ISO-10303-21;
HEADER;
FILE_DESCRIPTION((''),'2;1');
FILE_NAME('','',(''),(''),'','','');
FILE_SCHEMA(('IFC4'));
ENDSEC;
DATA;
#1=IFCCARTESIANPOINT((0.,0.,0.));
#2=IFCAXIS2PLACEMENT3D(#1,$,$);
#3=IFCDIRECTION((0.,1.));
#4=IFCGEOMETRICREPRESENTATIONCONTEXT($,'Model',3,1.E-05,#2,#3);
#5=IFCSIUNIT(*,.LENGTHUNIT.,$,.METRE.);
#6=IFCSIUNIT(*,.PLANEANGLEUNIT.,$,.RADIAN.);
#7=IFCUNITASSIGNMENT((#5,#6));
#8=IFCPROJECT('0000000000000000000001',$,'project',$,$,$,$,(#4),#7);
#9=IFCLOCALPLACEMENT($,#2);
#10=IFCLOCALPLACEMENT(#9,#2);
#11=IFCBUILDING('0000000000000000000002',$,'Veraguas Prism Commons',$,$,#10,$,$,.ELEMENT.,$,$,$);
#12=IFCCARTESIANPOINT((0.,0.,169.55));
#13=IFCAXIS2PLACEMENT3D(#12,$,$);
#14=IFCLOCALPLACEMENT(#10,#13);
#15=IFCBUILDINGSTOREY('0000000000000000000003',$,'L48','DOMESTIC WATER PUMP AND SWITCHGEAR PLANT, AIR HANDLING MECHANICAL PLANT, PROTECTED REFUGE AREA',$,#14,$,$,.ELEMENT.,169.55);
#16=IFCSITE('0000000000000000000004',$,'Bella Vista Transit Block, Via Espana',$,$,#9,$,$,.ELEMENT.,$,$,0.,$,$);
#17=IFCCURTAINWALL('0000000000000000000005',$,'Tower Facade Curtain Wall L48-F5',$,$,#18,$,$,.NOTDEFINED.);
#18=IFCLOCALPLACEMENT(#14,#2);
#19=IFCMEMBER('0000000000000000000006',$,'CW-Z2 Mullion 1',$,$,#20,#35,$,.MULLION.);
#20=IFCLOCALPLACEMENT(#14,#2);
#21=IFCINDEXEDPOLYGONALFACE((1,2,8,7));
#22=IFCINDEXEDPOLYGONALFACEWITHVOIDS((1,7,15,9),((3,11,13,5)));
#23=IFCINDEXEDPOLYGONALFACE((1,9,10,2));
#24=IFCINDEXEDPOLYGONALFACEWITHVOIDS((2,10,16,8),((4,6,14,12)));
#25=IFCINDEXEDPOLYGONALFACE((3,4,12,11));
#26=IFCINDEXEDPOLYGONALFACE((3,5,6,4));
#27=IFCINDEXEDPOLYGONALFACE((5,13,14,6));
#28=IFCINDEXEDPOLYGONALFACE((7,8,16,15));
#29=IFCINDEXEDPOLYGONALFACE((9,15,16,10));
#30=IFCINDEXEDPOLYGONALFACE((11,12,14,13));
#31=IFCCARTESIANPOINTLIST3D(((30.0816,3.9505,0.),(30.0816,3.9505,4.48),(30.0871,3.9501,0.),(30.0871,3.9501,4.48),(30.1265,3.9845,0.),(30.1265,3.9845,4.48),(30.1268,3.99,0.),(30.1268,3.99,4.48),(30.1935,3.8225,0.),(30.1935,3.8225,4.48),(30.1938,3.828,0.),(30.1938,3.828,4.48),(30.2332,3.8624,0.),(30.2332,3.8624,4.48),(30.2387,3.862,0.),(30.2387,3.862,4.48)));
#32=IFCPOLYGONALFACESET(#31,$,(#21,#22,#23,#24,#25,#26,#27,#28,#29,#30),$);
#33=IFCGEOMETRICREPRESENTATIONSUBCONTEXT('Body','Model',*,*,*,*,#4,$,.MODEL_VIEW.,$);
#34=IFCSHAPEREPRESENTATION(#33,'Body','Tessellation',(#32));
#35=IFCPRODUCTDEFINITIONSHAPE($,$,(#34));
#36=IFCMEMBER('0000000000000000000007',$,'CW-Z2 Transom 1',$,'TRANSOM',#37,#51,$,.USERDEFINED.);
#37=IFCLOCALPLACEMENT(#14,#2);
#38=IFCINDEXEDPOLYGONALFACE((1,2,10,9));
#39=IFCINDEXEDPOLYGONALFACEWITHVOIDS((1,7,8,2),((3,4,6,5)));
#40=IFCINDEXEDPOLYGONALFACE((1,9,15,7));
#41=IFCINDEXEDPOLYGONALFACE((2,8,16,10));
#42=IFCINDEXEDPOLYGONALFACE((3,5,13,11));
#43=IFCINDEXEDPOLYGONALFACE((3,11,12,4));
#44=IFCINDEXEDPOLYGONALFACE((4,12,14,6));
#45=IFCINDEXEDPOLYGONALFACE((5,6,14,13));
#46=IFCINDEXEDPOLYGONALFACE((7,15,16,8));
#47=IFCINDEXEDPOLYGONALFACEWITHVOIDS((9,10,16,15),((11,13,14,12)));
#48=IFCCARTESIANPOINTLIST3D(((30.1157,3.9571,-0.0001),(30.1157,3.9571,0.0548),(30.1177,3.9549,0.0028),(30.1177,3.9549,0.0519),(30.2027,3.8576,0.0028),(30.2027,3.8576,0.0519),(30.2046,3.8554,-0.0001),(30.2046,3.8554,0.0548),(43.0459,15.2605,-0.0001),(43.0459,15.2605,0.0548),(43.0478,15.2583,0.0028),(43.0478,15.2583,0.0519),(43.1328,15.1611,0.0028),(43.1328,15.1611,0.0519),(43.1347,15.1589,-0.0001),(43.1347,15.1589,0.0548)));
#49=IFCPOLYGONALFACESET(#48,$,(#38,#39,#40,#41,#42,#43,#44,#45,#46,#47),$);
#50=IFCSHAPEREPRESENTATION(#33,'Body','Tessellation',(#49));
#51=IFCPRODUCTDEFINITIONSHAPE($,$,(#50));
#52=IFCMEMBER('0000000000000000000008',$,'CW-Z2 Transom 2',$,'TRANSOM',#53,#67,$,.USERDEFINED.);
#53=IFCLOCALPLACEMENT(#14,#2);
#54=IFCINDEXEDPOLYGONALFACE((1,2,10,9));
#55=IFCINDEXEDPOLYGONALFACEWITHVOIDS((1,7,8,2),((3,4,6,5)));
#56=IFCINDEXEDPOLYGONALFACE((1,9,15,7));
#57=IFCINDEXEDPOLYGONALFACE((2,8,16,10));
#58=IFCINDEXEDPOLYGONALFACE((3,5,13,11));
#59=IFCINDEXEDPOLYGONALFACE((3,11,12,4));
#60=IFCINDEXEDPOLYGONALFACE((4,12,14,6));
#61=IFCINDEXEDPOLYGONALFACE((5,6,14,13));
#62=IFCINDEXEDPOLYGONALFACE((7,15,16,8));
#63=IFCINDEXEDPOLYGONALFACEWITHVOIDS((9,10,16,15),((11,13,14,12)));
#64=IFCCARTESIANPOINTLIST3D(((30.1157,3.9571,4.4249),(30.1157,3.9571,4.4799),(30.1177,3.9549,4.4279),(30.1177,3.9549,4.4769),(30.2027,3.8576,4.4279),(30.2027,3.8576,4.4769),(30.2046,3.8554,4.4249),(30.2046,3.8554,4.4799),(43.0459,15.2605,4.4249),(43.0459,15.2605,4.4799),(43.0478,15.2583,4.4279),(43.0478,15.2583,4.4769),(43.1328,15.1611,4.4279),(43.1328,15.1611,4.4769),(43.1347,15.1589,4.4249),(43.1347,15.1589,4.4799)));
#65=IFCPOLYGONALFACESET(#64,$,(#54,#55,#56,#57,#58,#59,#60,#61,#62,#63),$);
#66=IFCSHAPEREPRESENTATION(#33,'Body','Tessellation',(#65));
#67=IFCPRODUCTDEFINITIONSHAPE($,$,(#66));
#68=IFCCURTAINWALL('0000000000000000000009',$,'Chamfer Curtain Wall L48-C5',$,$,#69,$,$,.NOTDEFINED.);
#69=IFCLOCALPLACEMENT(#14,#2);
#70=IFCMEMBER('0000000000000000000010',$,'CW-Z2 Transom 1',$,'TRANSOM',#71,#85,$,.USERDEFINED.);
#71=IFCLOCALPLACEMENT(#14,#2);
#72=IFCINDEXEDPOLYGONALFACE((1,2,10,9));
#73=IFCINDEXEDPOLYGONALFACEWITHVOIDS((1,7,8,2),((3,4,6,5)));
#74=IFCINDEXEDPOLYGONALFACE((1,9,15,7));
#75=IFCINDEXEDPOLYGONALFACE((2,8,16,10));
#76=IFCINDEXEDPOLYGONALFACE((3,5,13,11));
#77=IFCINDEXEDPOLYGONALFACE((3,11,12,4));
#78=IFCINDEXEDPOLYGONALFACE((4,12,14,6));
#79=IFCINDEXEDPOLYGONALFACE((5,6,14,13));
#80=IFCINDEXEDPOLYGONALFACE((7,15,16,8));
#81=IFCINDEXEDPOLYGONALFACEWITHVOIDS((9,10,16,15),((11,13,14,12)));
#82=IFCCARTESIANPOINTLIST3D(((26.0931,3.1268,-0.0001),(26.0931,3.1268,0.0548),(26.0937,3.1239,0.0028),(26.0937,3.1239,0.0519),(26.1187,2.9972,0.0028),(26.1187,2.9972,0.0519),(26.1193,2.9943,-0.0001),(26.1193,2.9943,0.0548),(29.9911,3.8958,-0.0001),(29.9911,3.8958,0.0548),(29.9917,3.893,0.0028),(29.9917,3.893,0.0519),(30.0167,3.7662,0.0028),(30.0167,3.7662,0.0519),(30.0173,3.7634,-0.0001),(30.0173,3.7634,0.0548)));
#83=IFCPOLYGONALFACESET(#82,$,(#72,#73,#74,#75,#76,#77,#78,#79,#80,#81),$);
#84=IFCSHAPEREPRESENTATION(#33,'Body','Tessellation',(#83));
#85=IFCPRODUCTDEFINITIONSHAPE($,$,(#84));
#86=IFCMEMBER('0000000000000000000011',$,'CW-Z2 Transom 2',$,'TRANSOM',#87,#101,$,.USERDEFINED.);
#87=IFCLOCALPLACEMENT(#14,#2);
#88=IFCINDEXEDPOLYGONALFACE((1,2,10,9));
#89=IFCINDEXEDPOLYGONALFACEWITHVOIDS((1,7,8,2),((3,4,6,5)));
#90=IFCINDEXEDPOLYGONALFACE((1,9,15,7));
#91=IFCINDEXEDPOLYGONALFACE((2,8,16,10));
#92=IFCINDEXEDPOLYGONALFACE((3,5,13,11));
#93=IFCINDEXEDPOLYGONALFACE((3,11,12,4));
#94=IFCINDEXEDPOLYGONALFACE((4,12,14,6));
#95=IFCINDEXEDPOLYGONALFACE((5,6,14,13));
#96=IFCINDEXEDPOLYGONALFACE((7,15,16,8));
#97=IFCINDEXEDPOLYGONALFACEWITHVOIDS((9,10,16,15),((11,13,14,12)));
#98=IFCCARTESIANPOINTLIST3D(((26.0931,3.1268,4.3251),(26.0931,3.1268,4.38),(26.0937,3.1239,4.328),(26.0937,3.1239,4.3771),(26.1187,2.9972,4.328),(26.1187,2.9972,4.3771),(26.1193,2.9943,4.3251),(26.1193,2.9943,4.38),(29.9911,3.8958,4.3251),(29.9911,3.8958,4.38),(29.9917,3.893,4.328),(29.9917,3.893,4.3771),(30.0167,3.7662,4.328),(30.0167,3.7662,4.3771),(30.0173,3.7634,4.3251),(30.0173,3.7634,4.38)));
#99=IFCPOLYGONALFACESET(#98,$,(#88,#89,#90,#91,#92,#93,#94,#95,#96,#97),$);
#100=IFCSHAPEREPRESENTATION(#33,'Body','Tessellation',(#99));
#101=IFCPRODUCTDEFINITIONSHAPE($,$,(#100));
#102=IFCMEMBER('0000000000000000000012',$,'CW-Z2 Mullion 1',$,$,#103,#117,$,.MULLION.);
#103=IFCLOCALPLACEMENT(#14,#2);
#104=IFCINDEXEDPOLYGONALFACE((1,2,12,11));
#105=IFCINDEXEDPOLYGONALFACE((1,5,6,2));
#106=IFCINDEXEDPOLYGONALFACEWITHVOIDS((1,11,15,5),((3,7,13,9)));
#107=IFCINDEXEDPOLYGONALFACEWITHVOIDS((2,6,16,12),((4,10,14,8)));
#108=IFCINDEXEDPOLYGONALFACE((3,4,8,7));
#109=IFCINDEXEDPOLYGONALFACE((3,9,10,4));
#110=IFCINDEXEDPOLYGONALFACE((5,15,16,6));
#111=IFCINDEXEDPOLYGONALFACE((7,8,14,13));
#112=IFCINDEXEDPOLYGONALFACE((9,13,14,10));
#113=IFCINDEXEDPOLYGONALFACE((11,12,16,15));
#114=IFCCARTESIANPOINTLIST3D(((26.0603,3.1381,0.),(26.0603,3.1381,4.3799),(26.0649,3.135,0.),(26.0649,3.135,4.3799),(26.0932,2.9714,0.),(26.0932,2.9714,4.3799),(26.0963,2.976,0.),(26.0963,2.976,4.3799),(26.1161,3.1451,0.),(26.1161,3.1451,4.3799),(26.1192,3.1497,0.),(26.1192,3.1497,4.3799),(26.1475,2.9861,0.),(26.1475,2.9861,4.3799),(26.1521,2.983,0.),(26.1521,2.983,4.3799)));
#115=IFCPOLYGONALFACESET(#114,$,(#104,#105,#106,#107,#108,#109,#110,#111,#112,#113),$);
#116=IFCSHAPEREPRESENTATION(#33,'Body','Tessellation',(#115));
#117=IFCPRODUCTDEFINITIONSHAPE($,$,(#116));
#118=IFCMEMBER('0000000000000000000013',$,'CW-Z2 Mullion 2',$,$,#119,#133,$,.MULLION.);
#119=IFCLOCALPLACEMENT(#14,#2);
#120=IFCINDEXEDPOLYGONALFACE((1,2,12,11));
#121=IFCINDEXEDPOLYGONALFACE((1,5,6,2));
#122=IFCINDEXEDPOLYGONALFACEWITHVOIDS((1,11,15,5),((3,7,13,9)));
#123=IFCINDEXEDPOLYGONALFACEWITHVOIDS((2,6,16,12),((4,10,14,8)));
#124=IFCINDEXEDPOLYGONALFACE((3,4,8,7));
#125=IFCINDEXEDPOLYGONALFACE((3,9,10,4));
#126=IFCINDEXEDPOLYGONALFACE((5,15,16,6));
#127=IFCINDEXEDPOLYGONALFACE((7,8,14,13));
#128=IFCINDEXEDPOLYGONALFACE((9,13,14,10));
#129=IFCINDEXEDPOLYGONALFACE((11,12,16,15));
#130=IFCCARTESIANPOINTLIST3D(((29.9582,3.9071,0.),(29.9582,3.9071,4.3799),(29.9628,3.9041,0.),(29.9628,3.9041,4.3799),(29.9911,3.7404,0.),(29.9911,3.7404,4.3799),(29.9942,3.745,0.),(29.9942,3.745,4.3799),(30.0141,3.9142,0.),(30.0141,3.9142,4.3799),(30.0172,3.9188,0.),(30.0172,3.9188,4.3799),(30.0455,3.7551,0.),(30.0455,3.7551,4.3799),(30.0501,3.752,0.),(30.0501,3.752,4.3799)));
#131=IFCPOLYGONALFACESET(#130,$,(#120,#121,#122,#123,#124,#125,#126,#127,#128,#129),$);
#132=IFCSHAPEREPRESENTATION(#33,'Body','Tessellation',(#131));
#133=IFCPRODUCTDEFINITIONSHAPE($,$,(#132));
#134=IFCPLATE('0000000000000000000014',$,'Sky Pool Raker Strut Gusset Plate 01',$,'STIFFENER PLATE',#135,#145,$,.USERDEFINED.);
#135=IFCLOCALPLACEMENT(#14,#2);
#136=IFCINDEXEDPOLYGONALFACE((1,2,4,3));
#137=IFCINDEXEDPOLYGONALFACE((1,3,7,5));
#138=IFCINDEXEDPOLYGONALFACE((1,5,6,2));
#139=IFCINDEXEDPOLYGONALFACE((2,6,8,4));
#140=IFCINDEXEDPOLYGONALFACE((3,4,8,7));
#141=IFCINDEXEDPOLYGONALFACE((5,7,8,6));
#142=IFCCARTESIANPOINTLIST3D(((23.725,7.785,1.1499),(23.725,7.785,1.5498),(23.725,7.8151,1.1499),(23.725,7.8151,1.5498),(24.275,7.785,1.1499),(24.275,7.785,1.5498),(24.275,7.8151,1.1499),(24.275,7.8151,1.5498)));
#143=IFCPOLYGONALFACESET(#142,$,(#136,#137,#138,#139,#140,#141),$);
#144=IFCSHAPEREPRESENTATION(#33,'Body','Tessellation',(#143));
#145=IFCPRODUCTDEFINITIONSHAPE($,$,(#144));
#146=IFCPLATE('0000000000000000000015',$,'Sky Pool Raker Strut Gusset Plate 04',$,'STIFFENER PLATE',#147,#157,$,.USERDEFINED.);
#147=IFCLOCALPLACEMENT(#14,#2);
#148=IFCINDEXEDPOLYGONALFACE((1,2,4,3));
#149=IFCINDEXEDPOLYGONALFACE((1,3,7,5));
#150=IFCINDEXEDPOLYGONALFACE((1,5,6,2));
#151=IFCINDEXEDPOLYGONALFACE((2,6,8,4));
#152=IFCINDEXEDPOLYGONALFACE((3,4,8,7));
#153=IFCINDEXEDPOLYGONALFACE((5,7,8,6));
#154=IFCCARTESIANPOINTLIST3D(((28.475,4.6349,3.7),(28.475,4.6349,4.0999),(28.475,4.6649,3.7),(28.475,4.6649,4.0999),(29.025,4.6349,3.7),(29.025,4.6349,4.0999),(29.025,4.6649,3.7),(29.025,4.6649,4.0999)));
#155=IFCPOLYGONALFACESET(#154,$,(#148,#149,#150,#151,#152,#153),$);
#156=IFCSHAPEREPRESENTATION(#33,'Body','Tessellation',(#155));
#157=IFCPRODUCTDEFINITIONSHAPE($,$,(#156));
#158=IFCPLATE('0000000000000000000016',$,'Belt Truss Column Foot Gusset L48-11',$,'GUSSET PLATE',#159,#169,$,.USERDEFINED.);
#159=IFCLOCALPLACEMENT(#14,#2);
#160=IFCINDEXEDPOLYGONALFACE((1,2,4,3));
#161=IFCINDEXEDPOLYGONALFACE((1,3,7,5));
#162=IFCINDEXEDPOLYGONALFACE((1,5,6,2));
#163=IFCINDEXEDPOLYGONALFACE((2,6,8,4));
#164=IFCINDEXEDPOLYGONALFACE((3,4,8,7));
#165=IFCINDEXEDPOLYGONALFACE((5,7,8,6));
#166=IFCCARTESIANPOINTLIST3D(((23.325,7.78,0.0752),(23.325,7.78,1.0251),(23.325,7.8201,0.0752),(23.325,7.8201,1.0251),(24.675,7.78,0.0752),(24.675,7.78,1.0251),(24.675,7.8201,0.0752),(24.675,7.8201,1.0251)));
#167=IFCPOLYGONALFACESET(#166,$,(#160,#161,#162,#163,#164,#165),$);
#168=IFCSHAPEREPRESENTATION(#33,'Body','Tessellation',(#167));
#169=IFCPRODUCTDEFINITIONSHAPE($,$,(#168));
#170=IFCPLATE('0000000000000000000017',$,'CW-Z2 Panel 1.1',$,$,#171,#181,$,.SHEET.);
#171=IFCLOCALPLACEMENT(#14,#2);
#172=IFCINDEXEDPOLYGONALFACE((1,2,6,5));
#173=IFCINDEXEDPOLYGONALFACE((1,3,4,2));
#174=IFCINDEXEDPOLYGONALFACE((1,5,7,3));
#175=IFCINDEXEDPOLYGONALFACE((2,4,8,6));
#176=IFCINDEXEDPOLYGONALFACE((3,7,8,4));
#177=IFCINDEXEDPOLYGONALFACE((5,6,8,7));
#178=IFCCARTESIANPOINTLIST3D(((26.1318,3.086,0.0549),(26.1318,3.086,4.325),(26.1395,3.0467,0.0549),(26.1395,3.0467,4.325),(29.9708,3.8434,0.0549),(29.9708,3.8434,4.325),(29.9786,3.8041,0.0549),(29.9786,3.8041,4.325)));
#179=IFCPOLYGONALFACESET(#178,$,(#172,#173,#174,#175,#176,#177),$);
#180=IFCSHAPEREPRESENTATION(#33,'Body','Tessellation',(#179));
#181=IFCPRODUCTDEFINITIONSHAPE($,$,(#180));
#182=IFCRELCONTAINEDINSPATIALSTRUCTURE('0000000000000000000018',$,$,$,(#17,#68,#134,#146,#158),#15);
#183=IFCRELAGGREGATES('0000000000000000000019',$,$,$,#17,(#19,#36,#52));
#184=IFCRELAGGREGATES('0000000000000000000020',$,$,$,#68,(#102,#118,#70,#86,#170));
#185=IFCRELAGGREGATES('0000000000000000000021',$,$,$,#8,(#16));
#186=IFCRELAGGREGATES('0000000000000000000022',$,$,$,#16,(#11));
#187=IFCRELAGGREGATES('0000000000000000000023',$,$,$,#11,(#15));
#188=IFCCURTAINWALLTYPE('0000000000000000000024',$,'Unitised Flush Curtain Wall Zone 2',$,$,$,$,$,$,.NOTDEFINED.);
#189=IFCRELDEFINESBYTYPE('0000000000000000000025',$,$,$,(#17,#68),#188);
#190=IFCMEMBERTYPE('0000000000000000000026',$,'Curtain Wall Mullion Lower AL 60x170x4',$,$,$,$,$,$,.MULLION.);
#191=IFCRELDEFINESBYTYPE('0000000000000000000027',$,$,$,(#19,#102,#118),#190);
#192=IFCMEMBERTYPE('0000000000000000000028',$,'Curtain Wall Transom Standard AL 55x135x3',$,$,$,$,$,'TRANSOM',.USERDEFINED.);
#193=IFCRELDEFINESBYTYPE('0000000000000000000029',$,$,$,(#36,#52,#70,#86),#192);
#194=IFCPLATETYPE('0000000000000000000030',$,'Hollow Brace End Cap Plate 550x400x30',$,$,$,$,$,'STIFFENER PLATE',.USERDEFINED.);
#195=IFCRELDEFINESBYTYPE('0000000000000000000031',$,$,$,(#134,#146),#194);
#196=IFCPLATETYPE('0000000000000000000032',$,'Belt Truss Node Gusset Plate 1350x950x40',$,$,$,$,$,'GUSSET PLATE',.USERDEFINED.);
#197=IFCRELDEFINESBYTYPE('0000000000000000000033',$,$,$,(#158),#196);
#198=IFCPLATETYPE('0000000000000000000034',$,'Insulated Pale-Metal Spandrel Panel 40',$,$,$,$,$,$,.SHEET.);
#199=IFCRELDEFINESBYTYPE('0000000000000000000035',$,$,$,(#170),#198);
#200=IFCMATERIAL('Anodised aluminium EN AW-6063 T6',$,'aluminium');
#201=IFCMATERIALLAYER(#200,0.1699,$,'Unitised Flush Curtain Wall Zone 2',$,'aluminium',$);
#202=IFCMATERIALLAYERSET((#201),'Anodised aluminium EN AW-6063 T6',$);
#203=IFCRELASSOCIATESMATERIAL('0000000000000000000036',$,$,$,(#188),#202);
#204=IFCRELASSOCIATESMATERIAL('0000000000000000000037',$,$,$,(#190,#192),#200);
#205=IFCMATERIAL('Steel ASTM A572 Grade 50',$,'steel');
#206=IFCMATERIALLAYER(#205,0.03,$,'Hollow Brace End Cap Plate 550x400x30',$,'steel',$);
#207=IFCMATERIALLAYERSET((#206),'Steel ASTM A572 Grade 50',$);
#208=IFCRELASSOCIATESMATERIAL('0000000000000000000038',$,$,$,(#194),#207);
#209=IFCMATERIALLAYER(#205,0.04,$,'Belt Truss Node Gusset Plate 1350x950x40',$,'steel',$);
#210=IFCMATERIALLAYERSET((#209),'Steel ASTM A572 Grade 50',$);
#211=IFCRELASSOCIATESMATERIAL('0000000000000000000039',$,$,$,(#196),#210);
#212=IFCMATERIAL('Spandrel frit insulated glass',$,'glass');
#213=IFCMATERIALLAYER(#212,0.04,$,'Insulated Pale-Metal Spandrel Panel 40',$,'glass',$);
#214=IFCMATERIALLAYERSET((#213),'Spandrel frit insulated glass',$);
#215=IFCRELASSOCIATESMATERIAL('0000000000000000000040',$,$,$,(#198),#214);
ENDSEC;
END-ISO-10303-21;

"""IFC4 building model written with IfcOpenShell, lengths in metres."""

from ifc_helpers import new_model, si_unit, direction, frame, origin, origin_2d, place, context, subcontext, project, spatial, rectangle, hollow_rectangle, extrude, source, transform, mapped, material, layer, layer_set, material_profile, profile_set, type_object, element, aggregate, save


model = new_model("IFC4")

# Units and contexts
model_context = context("Model", 3, precision=1e-05, world=origin(), true_north=direction((0.0, 1.0)))
body_context = subcontext(model_context, "Body", "Model", "MODEL_VIEW")
ifc_project = project(units=[si_unit("LENGTHUNIT", "METRE"), si_unit("PLANEANGLEUNIT", "RADIAN")], contexts=[model_context])

# Site, building, storey
site_placement = place(None, origin())
site = spatial("IfcSite", under=ifc_project, at=site_placement, Name="Bella Vista Transit Block, Via Espana", CompositionType="ELEMENT", RefElevation=0.0)
building_placement = place(site_placement, origin())
building = spatial("IfcBuilding", under=site, at=building_placement, Name="Veraguas Prism Commons", CompositionType="ELEMENT")
storey_placement = place(building_placement, frame((0.0, 0.0, 169.55)))
storey = spatial("IfcBuildingStorey", under=building, at=storey_placement, Name="L48", Description="DOMESTIC WATER PUMP AND SWITCHGEAR PLANT, AIR HANDLING MECHANICAL PLANT, PROTECTED REFUGE AREA", CompositionType="ELEMENT", Elevation=169.55)

# Shared definitions
ifc_material_1 = material(Name="Anodised aluminium EN AW-6063 T6", Category="aluminium")
ifc_layer_1 = layer(ifc_material_1, 0.1699, Name="Unitised Flush Curtain Wall Zone 2", Category="aluminium")
ifc_layer_set_1 = layer_set([ifc_layer_1], Name="Anodised aluminium EN AW-6063 T6")
curtain_wall_type = type_object("IfcCurtainWallType", Name="Unitised Flush Curtain Wall Zone 2", PredefinedType="NOTDEFINED", material=ifc_layer_set_1)
ifc_material_profile_1 = material_profile(ifc_material_1, hollow_rectangle(XDim=0.0601, YDim=0.1699, WallThickness=0.0039, at=origin_2d()), Name="AL60X170X4")
ifc_profile_set_1 = profile_set([ifc_material_profile_1], Name="Anodised aluminium EN AW-6063 T6")
member_type_1 = type_object("IfcMemberType", Name="Curtain Wall Mullion Lower AL 60x170x4", PredefinedType="MULLION", material=ifc_profile_set_1)
shared_shape_1 = source(origin(), body_context, "Body", "SweptSolid", [
    extrude(hollow_rectangle(XDim=0.0601, YDim=0.1699, WallThickness=0.0039, at=origin_2d()), origin(), (0.0, 0.0, 1.0), 4.48),
])

# Curtain walls, members
curtain_wall_1_placement = place(storey_placement, origin())
curtain_wall_1 = element("IfcCurtainWall", 1, at=curtain_wall_1_placement, inside=storey, type_object=curtain_wall_type, Name="Tower Facade Curtain Wall L48-F5", PredefinedType="NOTDEFINED")
member_1_placement = place(storey_placement, frame((30.1602, 3.9062, 0.0), z_axis=(0.0, 0.0, 1.0), x_axis=(0.752872, 0.658167, 0.0)))
member_1 = element("IfcMember", 2, at=member_1_placement, type_object=member_type_1, Name="CW-Z2 Mullion 1", PredefinedType="MULLION", context=body_context, shape_type="MappedRepresentation", body=[
    mapped(shared_shape_1, transform((0.0, 0.0, 0.0), scale=1.0)),
])
ifc_material_profile_2 = material_profile(ifc_material_1, hollow_rectangle(XDim=0.0549, YDim=0.135, WallThickness=0.0029, at=origin_2d()), Name="AL55X135X3")
ifc_profile_set_2 = profile_set([ifc_material_profile_2], Name="Anodised aluminium EN AW-6063 T6")
member_type_2 = type_object("IfcMemberType", Name="Curtain Wall Transom Standard AL 55x135x3", ElementType="TRANSOM", PredefinedType="USERDEFINED", material=ifc_profile_set_2)
shared_shape_2 = source(origin(), body_context, "Body", "SweptSolid", [
    extrude(hollow_rectangle(XDim=0.0549, YDim=0.135, WallThickness=0.0029, at=origin_2d()), origin(), (0.0, 0.0, 1.0), 17.1743),
])
member_2_placement = place(storey_placement, frame((30.1602, 3.9062, 0.0273), z_axis=(0.752878, 0.65816, 0.0), x_axis=(0.0, 0.0, 1.0)))
member_2 = element("IfcMember", 3, at=member_2_placement, type_object=member_type_2, Name="CW-Z2 Transom 1", ObjectType="TRANSOM", PredefinedType="USERDEFINED", context=body_context, shape_type="MappedRepresentation", body=[
    mapped(shared_shape_2, transform((0.0, 0.0, 0.0), scale=1.0)),
])
member_3_placement = place(storey_placement, frame((30.1602, 3.9062, 4.4524), z_axis=(0.752878, 0.65816, 0.0), x_axis=(0.0, 0.0, 1.0)))
member_3 = element("IfcMember", 4, at=member_3_placement, type_object=member_type_2, Name="CW-Z2 Transom 2", ObjectType="TRANSOM", PredefinedType="USERDEFINED", context=body_context, shape_type="MappedRepresentation", body=[
    mapped(shared_shape_2, transform((0.0, 0.0, 0.0), scale=1.0)),
])
aggregate(curtain_wall_1, [member_1, member_2, member_3])
curtain_wall_2_placement = place(storey_placement, origin())
curtain_wall_2 = element("IfcCurtainWall", 5, at=curtain_wall_2_placement, inside=storey, type_object=curtain_wall_type, Name="Chamfer Curtain Wall L48-C5", PredefinedType="NOTDEFINED")
shared_shape_3 = source(origin(), body_context, "Body", "SweptSolid", [
    extrude(hollow_rectangle(XDim=0.0549, YDim=0.135, WallThickness=0.0029, at=origin_2d()), origin(), (0.0, 0.0, 1.0), 3.9731),
])
member_4_placement = place(storey_placement, frame((26.1062, 3.0605, 0.0273), z_axis=(0.981088, 0.193563, 0.0), x_axis=(0.0, 0.0, 1.0)))
member_4 = element("IfcMember", 6, at=member_4_placement, type_object=member_type_2, Name="CW-Z2 Transom 1", ObjectType="TRANSOM", PredefinedType="USERDEFINED", context=body_context, shape_type="MappedRepresentation", body=[
    mapped(shared_shape_3, transform((0.0, 0.0, 0.0), scale=1.0)),
])
member_5_placement = place(storey_placement, frame((26.1062, 3.0605, 4.3525), z_axis=(0.981088, 0.193563, 0.0), x_axis=(0.0, 0.0, 1.0)))
member_5 = element("IfcMember", 7, at=member_5_placement, type_object=member_type_2, Name="CW-Z2 Transom 2", ObjectType="TRANSOM", PredefinedType="USERDEFINED", context=body_context, shape_type="MappedRepresentation", body=[
    mapped(shared_shape_3, transform((0.0, 0.0, 0.0), scale=1.0)),
])
shared_shape_4 = source(origin(), body_context, "Body", "SweptSolid", [
    extrude(hollow_rectangle(XDim=0.0601, YDim=0.1699, WallThickness=0.0039, at=origin_2d()), origin(), (0.0, 0.0, 1.0), 4.3799),
])
member_6_placement = place(storey_placement, frame((26.1062, 3.0605, 0.0), z_axis=(0.0, 0.0, 1.0), x_axis=(0.981091, 0.193549, 0.0)))
member_6 = element("IfcMember", 8, at=member_6_placement, type_object=member_type_1, Name="CW-Z2 Mullion 1", PredefinedType="MULLION", context=body_context, shape_type="MappedRepresentation", body=[
    mapped(shared_shape_4, transform((0.0, 0.0, 0.0), scale=1.0)),
])
member_7_placement = place(storey_placement, frame((30.0042, 3.8296, 0.0), z_axis=(0.0, 0.0, 1.0), x_axis=(0.981091, 0.193549, 0.0)))
member_7 = element("IfcMember", 9, at=member_7_placement, type_object=member_type_1, Name="CW-Z2 Mullion 2", PredefinedType="MULLION", context=body_context, shape_type="MappedRepresentation", body=[
    mapped(shared_shape_4, transform((0.0, 0.0, 0.0), scale=1.0)),
])

# Plates
ifc_material_2 = material(Name="Steel ASTM A572 Grade 50", Category="steel")
ifc_layer_2 = layer(ifc_material_2, 0.03, Name="Hollow Brace End Cap Plate 550x400x30", Category="steel")
ifc_layer_set_2 = layer_set([ifc_layer_2], Name="Steel ASTM A572 Grade 50")
plate_type_1 = type_object("IfcPlateType", Name="Hollow Brace End Cap Plate 550x400x30", ElementType="STIFFENER PLATE", PredefinedType="USERDEFINED", material=ifc_layer_set_2)
shared_shape_5 = source(origin(), body_context, "Body", "SweptSolid", [
    extrude(rectangle(XDim=0.55, YDim=0.03, at=origin_2d()), origin(), (0.0, 0.0, 1.0), 0.3999),
])
for number, where, z_axis, x_axis, name in (
    (10, (24.0, 7.8, 1.1499), (0.0, 0.0, 1.0), (1.0, 0.0, 0.0), "Sky Pool Raker Strut Gusset Plate 01"),
    (11, (28.75, 4.6499, 3.7), (0.0, 0.0, 1.0), (1.0, 0.0, 0.0), "Sky Pool Raker Strut Gusset Plate 04"),
):
    element("IfcPlate", number, at=place(storey_placement, frame(where, z_axis=z_axis, x_axis=x_axis)), inside=storey, type_object=plate_type_1, Name=name, ObjectType="STIFFENER PLATE", PredefinedType="USERDEFINED", context=body_context, shape_type="MappedRepresentation", body=[
        mapped(shared_shape_5, transform((0.0, 0.0, 0.0), scale=1.0)),
    ])
ifc_layer_3 = layer(ifc_material_2, 0.04, Name="Belt Truss Node Gusset Plate 1350x950x40", Category="steel")
ifc_layer_set_3 = layer_set([ifc_layer_3], Name="Steel ASTM A572 Grade 50")
plate_type_2 = type_object("IfcPlateType", Name="Belt Truss Node Gusset Plate 1350x950x40", ElementType="GUSSET PLATE", PredefinedType="USERDEFINED", material=ifc_layer_set_3)
shared_shape_6 = source(origin(), body_context, "Body", "SweptSolid", [
    extrude(rectangle(XDim=1.3501, YDim=0.04, at=origin_2d()), origin(), (0.0, 0.0, 1.0), 0.95),
])
plate_1_placement = place(storey_placement, frame((24.0, 7.8, 0.0752), z_axis=(0.0, 0.0, 1.0), x_axis=(1.0, 0.0, 0.0)))
element("IfcPlate", 12, at=plate_1_placement, inside=storey, type_object=plate_type_2, Name="Belt Truss Column Foot Gusset L48-11", ObjectType="GUSSET PLATE", PredefinedType="USERDEFINED", context=body_context, shape_type="MappedRepresentation", body=[
    mapped(shared_shape_6, transform((0.0, 0.0, 0.0), scale=1.0)),
])

# Plate
ifc_material_3 = material(Name="Spandrel frit insulated glass", Category="glass")
ifc_layer_4 = layer(ifc_material_3, 0.04, Name="Insulated Pale-Metal Spandrel Panel 40", Category="glass")
ifc_layer_set_4 = layer_set([ifc_layer_4], Name="Spandrel frit insulated glass")
plate_type_3 = type_object("IfcPlateType", Name="Insulated Pale-Metal Spandrel Panel 40", PredefinedType="SHEET", material=ifc_layer_set_4)
shared_shape_7 = source(origin(), body_context, "Body", "SweptSolid", [
    extrude(rectangle(XDim=3.9131, YDim=0.04, at=origin_2d()), origin(), (0.0, 0.0, 1.0), 4.27),
])
plate_2_placement = place(storey_placement, frame((28.0552, 3.4451, 0.0549), z_axis=(0.0, 0.0, 1.0), x_axis=(0.981091, 0.193549, 0.0)))
plate_2 = element("IfcPlate", 13, at=plate_2_placement, type_object=plate_type_3, Name="CW-Z2 Panel 1.1", PredefinedType="SHEET", context=body_context, shape_type="MappedRepresentation", body=[
    mapped(shared_shape_7, transform((0.0, 0.0, 0.0), scale=1.0)),
])
aggregate(curtain_wall_2, [member_6, member_7, member_4, member_5, plate_2])

save(model, "model.ifc")
